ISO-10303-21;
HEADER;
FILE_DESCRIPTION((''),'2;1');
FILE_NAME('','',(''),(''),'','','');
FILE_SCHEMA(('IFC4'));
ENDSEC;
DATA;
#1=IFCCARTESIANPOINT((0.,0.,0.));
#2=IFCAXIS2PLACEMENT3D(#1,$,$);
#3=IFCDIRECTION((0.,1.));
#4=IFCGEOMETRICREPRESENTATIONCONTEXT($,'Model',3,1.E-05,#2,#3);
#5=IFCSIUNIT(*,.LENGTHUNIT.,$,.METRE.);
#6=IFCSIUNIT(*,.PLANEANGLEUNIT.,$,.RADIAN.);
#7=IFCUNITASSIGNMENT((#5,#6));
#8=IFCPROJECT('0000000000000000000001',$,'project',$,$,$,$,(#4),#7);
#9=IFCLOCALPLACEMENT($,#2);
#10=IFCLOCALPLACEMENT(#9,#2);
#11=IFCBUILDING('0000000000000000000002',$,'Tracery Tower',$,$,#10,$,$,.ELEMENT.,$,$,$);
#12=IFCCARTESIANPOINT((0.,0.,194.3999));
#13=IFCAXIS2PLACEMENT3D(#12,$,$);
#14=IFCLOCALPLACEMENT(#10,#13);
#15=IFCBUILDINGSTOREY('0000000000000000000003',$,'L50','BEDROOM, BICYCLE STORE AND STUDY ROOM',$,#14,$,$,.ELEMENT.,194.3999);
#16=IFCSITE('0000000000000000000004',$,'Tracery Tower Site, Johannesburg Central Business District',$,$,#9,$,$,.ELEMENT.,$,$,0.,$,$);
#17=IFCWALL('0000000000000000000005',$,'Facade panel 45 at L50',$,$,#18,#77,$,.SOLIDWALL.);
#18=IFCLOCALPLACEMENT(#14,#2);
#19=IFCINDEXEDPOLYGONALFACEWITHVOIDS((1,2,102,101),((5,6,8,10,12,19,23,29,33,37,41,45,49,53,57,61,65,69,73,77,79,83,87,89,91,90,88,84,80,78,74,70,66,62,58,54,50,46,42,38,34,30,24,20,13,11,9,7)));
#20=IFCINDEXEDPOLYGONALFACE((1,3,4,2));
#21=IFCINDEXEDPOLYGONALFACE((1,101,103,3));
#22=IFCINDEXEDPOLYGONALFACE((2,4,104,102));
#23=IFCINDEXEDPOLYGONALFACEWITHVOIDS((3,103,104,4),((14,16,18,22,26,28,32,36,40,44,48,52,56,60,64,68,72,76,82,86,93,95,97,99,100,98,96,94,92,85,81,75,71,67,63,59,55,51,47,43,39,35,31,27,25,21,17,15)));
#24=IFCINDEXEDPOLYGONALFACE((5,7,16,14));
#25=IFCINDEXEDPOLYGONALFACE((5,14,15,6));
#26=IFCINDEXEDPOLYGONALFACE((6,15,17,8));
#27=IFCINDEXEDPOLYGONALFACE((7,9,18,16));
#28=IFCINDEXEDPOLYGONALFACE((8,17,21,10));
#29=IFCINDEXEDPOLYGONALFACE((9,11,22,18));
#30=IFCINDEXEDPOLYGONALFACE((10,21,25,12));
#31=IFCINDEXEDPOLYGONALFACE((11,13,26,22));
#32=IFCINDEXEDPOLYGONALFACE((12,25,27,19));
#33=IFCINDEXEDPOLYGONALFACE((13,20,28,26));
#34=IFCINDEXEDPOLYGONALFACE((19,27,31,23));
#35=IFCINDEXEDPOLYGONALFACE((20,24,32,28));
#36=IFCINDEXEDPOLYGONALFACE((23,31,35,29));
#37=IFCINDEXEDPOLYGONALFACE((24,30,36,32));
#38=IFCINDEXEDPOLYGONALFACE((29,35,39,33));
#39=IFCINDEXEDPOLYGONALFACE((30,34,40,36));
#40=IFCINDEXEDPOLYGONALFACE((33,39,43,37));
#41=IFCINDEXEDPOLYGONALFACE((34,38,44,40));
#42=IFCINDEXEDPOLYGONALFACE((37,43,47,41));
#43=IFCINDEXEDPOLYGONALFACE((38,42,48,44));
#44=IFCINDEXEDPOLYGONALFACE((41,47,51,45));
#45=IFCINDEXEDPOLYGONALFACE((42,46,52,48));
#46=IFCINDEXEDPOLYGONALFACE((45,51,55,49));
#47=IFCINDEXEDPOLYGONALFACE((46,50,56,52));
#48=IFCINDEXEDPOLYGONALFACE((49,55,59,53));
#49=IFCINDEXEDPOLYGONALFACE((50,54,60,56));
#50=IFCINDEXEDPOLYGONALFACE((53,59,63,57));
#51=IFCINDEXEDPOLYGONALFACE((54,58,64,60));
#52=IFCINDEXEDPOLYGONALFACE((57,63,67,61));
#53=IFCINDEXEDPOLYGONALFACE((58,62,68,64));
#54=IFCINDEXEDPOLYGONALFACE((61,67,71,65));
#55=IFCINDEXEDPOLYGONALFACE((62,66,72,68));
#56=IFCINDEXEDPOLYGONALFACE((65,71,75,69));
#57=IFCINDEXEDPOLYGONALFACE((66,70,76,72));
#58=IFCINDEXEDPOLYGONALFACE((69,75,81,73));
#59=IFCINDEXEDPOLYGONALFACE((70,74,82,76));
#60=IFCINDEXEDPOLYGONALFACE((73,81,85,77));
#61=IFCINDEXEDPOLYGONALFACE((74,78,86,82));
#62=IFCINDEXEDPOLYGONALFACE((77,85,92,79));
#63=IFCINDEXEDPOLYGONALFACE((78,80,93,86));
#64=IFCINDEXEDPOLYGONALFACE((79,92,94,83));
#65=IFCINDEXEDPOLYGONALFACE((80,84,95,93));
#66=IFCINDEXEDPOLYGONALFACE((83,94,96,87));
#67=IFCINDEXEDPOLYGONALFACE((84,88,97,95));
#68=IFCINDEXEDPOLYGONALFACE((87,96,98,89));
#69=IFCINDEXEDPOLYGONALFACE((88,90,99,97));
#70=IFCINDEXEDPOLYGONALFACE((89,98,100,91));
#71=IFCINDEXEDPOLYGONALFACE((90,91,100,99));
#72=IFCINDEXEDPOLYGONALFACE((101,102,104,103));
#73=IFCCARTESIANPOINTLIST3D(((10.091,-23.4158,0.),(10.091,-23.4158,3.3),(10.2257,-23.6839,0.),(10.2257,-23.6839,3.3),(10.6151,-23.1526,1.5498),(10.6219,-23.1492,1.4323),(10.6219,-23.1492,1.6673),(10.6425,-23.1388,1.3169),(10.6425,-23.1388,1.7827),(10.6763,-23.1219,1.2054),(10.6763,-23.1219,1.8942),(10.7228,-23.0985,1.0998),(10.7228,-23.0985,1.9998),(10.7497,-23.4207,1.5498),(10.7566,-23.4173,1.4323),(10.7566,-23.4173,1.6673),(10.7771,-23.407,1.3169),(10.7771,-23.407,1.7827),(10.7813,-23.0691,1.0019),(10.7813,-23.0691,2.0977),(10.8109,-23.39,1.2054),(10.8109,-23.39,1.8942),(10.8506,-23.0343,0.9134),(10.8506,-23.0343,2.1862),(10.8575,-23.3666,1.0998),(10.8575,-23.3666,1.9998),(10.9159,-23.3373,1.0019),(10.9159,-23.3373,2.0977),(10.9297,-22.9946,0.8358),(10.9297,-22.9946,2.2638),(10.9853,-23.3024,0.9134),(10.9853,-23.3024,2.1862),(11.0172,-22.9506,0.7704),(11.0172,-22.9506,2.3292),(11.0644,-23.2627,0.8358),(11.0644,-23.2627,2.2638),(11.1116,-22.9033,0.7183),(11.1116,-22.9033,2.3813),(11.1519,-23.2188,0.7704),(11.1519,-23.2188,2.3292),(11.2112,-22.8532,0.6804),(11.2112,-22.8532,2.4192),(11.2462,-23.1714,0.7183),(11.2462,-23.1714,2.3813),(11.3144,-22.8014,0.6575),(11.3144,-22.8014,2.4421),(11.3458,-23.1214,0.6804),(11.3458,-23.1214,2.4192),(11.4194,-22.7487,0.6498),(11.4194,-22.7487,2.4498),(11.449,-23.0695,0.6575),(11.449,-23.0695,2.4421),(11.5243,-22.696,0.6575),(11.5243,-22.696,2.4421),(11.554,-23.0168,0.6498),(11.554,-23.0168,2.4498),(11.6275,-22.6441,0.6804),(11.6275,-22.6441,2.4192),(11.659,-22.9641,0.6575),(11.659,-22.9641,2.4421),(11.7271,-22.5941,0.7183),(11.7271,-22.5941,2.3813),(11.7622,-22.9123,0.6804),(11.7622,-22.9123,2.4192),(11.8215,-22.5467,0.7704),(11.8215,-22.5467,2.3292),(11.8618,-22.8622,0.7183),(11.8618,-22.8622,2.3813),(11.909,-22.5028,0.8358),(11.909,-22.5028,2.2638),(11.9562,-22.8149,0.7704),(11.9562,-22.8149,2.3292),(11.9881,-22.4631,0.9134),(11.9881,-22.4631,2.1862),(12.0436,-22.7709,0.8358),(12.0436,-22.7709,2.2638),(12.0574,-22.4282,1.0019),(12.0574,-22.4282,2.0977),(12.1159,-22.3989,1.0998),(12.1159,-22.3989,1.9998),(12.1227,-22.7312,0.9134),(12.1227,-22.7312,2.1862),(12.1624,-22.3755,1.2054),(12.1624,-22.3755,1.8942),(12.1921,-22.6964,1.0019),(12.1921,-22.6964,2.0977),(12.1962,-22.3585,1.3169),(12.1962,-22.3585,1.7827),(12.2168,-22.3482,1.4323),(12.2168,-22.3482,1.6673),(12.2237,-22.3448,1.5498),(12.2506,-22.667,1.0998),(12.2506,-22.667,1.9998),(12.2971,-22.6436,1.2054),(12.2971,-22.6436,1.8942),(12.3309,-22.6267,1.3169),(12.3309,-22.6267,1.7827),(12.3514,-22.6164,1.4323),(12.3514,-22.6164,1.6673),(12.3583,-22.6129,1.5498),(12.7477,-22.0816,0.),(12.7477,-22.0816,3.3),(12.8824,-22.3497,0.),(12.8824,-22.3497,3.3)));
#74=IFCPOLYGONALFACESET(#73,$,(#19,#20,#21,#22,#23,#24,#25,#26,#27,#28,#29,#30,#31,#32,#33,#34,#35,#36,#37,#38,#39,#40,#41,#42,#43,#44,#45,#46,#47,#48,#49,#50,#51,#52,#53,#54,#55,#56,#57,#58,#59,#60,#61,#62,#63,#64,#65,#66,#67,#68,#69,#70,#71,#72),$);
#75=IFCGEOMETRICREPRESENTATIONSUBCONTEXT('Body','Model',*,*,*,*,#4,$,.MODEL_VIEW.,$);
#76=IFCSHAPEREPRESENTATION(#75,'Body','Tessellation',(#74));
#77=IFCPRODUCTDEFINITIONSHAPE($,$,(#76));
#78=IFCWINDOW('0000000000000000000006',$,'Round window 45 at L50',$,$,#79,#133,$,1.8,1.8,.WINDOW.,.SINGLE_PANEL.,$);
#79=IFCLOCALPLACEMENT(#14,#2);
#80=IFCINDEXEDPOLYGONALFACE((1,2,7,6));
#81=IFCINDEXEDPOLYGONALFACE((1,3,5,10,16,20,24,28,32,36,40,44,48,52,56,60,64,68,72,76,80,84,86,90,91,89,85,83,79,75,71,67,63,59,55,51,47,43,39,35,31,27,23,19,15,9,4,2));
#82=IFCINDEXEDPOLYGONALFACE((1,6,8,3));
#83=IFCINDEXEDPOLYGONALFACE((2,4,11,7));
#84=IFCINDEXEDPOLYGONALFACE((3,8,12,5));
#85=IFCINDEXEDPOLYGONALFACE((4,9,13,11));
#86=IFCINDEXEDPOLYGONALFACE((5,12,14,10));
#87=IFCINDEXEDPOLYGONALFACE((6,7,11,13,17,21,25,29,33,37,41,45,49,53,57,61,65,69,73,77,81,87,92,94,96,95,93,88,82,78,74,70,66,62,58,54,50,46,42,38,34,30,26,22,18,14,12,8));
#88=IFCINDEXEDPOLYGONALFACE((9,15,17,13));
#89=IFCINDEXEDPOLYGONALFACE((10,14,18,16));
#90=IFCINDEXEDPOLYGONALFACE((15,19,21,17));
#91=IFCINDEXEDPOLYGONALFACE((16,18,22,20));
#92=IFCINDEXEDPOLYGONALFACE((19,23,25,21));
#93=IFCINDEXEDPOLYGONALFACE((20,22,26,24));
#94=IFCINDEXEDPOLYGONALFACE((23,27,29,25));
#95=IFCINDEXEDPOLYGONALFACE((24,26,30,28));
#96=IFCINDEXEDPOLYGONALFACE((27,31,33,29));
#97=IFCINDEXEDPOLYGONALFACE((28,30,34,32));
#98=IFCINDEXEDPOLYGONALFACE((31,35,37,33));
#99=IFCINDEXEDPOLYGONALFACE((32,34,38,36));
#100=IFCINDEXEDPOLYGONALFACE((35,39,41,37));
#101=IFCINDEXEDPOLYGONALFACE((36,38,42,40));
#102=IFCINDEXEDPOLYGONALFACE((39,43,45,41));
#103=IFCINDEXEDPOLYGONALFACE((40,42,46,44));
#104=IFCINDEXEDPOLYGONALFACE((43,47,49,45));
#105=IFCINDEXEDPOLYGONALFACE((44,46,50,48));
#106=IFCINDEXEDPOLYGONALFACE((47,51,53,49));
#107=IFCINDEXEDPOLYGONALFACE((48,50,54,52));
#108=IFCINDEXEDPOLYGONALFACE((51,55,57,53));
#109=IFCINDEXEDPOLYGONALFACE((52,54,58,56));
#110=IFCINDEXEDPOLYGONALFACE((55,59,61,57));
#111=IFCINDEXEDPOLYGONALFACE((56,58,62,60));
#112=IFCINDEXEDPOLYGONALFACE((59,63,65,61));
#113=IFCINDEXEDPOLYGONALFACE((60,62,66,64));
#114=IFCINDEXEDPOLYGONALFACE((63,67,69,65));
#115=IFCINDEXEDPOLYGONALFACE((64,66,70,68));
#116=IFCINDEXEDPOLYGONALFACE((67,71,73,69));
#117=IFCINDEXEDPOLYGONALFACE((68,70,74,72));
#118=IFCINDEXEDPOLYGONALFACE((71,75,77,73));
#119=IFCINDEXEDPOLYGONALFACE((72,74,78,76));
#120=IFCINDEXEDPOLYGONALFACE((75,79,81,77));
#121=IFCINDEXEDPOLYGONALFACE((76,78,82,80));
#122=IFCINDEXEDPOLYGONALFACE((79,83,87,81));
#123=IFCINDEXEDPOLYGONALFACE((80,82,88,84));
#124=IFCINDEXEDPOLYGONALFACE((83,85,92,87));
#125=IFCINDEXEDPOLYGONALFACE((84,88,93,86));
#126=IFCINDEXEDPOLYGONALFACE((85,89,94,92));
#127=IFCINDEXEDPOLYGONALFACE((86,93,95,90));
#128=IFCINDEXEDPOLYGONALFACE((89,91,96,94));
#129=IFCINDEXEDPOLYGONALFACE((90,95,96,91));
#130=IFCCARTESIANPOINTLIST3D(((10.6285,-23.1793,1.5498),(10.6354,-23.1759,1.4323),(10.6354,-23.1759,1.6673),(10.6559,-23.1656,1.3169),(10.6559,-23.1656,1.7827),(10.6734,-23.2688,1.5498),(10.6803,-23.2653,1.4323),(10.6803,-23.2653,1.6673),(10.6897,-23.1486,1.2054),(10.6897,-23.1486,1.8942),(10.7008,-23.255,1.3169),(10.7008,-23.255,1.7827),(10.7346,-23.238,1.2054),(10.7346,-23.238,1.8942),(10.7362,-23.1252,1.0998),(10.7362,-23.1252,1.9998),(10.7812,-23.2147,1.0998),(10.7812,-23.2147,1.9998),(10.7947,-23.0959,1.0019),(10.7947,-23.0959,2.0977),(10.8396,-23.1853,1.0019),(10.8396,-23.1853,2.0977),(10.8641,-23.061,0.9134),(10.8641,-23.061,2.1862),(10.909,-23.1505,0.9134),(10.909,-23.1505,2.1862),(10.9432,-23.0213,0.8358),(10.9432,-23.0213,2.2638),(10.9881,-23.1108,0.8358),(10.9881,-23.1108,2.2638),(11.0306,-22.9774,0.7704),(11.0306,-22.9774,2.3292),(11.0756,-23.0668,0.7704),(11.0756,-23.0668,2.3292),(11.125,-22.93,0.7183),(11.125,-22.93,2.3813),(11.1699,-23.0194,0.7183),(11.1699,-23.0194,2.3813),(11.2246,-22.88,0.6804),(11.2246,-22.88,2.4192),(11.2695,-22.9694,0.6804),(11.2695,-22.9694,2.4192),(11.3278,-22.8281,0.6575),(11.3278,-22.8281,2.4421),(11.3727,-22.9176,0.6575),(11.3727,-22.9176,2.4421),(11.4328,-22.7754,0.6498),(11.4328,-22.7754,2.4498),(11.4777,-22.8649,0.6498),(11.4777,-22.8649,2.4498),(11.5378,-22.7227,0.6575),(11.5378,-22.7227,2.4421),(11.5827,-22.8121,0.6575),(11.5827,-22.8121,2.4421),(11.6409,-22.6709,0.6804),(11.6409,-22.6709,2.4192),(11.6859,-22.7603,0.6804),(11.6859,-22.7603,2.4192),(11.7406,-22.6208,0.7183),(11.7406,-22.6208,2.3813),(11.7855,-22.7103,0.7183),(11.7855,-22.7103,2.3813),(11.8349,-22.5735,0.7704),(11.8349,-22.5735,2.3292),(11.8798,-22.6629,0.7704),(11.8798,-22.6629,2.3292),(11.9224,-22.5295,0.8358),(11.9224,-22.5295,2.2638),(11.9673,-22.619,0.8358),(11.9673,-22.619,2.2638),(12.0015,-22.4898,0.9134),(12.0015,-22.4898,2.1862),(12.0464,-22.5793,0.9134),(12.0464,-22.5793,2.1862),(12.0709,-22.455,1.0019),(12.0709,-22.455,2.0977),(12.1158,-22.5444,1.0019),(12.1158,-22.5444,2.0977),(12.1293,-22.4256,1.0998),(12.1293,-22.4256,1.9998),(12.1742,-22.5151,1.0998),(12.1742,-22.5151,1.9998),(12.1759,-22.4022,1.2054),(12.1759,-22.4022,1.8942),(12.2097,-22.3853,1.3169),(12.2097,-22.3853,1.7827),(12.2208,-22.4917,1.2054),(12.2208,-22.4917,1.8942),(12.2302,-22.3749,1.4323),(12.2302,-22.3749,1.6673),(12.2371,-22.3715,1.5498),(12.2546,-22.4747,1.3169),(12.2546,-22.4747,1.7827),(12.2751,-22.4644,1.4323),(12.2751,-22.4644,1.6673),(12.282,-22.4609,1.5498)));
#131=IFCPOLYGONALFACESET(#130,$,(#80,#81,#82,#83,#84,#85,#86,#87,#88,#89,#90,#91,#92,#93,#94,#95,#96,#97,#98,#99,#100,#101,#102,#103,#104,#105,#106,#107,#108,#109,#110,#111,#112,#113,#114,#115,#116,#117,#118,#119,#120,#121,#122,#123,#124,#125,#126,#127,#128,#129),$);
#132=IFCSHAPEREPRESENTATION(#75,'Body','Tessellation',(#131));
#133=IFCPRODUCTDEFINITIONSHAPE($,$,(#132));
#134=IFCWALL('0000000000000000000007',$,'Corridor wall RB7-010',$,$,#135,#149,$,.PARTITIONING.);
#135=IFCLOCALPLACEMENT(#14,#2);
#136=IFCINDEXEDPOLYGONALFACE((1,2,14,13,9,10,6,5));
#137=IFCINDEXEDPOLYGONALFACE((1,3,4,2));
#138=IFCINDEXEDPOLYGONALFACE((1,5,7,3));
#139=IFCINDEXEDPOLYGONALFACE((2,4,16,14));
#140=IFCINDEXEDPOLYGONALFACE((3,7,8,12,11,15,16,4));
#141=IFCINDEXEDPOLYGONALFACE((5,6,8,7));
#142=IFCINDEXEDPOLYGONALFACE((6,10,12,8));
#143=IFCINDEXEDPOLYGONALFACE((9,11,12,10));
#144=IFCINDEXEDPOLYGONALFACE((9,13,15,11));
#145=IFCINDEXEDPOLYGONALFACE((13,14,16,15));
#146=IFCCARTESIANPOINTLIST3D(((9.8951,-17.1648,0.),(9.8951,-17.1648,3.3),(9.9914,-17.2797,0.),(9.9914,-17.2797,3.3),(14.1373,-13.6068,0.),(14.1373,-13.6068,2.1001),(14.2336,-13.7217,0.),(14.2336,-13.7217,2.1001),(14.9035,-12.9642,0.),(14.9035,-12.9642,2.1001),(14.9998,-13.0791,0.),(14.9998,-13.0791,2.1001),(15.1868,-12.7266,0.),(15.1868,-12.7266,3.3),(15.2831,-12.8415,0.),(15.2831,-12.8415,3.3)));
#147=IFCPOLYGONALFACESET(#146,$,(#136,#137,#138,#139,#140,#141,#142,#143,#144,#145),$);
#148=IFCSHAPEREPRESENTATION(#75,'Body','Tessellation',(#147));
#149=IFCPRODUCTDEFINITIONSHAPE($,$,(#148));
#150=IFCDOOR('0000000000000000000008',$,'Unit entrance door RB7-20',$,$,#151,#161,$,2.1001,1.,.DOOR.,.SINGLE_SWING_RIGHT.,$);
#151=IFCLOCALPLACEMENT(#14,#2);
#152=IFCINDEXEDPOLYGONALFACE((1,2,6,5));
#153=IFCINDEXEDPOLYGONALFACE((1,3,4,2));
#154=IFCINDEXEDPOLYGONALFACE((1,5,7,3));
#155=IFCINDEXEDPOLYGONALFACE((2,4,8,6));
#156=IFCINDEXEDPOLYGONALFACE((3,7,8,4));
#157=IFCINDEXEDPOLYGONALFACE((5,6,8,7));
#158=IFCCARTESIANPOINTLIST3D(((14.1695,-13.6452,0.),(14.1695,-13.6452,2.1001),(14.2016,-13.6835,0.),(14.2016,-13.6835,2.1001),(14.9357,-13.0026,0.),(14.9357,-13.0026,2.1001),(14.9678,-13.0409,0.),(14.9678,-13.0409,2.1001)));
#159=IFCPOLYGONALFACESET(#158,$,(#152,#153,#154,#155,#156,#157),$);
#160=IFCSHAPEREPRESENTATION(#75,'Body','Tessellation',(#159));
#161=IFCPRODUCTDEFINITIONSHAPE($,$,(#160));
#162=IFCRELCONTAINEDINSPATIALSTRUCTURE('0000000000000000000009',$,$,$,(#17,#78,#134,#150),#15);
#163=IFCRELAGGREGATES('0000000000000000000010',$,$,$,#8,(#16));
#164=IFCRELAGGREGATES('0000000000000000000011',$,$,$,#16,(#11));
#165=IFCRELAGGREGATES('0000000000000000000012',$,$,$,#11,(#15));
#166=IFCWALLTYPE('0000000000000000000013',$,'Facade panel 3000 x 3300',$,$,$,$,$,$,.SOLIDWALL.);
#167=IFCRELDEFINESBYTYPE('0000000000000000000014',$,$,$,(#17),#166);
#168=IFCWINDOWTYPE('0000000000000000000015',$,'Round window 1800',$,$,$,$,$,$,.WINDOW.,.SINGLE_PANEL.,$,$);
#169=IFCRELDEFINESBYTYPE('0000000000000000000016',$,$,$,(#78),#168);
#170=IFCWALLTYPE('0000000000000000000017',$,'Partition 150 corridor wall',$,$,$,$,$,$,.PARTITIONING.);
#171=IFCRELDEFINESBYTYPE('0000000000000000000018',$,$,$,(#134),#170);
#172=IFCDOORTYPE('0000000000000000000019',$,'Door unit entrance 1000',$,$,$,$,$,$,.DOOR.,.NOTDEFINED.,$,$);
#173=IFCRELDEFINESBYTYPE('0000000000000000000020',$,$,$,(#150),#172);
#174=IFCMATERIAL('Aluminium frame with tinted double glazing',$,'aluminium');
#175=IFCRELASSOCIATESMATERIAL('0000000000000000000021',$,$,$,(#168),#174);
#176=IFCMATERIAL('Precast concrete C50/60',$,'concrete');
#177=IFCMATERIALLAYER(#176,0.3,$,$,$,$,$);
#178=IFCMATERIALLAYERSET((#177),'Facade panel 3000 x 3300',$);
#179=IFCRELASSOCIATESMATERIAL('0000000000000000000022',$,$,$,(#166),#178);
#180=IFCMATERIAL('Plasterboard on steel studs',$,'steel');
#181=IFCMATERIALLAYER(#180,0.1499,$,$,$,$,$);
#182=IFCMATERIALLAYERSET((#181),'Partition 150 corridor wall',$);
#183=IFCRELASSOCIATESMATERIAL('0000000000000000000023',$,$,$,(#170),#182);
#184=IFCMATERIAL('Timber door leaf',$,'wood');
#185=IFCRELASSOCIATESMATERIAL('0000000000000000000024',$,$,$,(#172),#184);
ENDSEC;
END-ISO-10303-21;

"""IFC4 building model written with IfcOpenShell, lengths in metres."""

from ifc_helpers import new_model, si_unit, direction, frame, frame_2d, origin, origin_2d, place, context, subcontext, project, spatial, rectangle, circle, extrude, material, layer, layer_set, type_object, element, fill, save


model = new_model("IFC4")

# Units and contexts
model_context = context("Model", 3, precision=1e-05, world=origin(), true_north=direction((0.0, 1.0)))
body_context = subcontext(model_context, "Body", "Model", "MODEL_VIEW")
ifc_project = project(units=[si_unit("LENGTHUNIT", "METRE"), si_unit("PLANEANGLEUNIT", "RADIAN")], contexts=[model_context])

# Site, building, storey
site_placement = place(None, origin())
site = spatial("IfcSite", under=ifc_project, at=site_placement, Name="Tracery Tower Site, Johannesburg Central Business District", CompositionType="ELEMENT", RefElevation=0.0)
building_placement = place(site_placement, origin())
building = spatial("IfcBuilding", under=site, at=building_placement, Name="Tracery Tower", CompositionType="ELEMENT")
storey_placement = place(building_placement, frame((0.0, 0.0, 194.3999)))
storey = spatial("IfcBuildingStorey", under=building, at=storey_placement, Name="L50", Description="BEDROOM, BICYCLE STORE AND STUDY ROOM", CompositionType="ELEMENT", Elevation=194.3999)

# Wall, opening, window
ifc_material_1 = material(Name="Aluminium frame with tinted double glazing", Category="aluminium")
window_type = type_object("IfcWindowType", Name="Round window 1800", PartitioningType="SINGLE_PANEL", PredefinedType="WINDOW", material=ifc_material_1)
ifc_material_2 = material(Name="Precast concrete C50/60", Category="concrete")
ifc_layer_1 = layer(ifc_material_2, 0.3)
ifc_layer_set_1 = layer_set([ifc_layer_1], Name="Facade panel 3000 x 3300")
wall_type_1 = type_object("IfcWallType", Name="Facade panel 3000 x 3300", PredefinedType="SOLIDWALL", material=ifc_layer_set_1)
wall_1_placement = place(storey_placement, frame((10.1584, -23.5498, 0.0), z_axis=(0.0, 0.0, 1.0), x_axis=(0.893637, 0.44879, 0.0)))
wall_1 = element("IfcWall", 1, at=wall_1_placement, inside=storey, type_object=wall_type_1, Name="Facade panel 45 at L50", PredefinedType="SOLIDWALL", context=body_context, shape_type="SweptSolid", body=[
    extrude(rectangle(XDim=2.9729, YDim=0.3, at=frame_2d((1.4863, 0.0))), origin(), (0.0, 0.0, 1.0), 3.3),
])
opening_1_placement = place(wall_1_placement, frame((1.4863, 0.0, 1.5498)))
opening_1 = element("IfcOpeningElement", 2, at=opening_1_placement, cuts=wall_1, PredefinedType="OPENING", context=body_context, shape_type="SweptSolid", body=[
    extrude(circle(Radius=0.9, at=origin_2d()), frame((0.0, 0.1599, 0.0), z_axis=(0.0, -1.0, 0.0), x_axis=(1.0, 0.0, 0.0)), (0.0, 0.0, 1.0), 0.3201),
])
window_1_placement = place(opening_1_placement, origin())
window_1 = element("IfcWindow", 3, at=window_1_placement, inside=storey, type_object=window_type, Name="Round window 45 at L50", OverallHeight=1.8, OverallWidth=1.8, PartitioningType="SINGLE_PANEL", PredefinedType="WINDOW", context=body_context, shape_type="SweptSolid", body=[
    extrude(circle(Radius=0.9, at=origin_2d()), frame((0.0, 0.1201, 0.0), z_axis=(0.0, -1.0, 0.0), x_axis=(1.0, 0.0, 0.0)), (0.0, 0.0, 1.0), 0.1001),
])
fill(opening_1, window_1)

# Wall, opening, door
ifc_material_3 = material(Name="Plasterboard on steel studs", Category="steel")
ifc_layer_2 = layer(ifc_material_3, 0.1499)
ifc_layer_set_2 = layer_set([ifc_layer_2], Name="Partition 150 corridor wall")
wall_type_2 = type_object("IfcWallType", Name="Partition 150 corridor wall", PredefinedType="PARTITIONING", material=ifc_layer_set_2)
wall_2_placement = place(storey_placement, frame((9.9434, -17.2222, 0.0), z_axis=(0.0, 0.0, 1.0), x_axis=(0.766192, 0.642612, 0.0)))
wall_2 = element("IfcWall", 4, at=wall_2_placement, inside=storey, type_object=wall_type_2, Name="Corridor wall RB7-010", PredefinedType="PARTITIONING", context=body_context, shape_type="SweptSolid", body=[
    extrude(rectangle(XDim=6.9065, YDim=0.1499, at=frame_2d((3.4531, 0.0))), origin(), (0.0, 0.0, 1.0), 3.3),
])
opening_2_placement = place(wall_2_placement, frame((5.5366, 0.0, 0.0)))
opening_2 = element("IfcOpeningElement", 5, at=opening_2_placement, cuts=wall_2, PredefinedType="OPENING", context=body_context, shape_type="SweptSolid", body=[
    extrude(rectangle(XDim=1.0, YDim=2.1001, at=frame_2d((0.5, 1.05))), frame((0.0, 0.075, 0.0), z_axis=(0.0, -1.0, 0.0), x_axis=(1.0, 0.0, 0.0)), (0.0, 0.0, 1.0), 0.1499),
])
ifc_material_4 = material(Name="Timber door leaf", Category="wood")
door_type_1 = type_object("IfcDoorType", Name="Door unit entrance 1000", OperationType="NOTDEFINED", PredefinedType="DOOR", material=ifc_material_4)
door_1_placement = place(opening_2_placement, origin())
door_1 = element("IfcDoor", 6, at=door_1_placement, inside=storey, type_object=door_type_1, Name="Unit entrance door RB7-20", OperationType="SINGLE_SWING_RIGHT", OverallHeight=2.1001, OverallWidth=1.0, PredefinedType="DOOR", context=body_context, shape_type="SweptSolid", body=[
    extrude(rectangle(XDim=1.0, YDim=2.1001, at=frame_2d((0.5, 1.05))), frame((0.0, 0.0249, 0.0), z_axis=(0.0, -1.0, 0.0), x_axis=(1.0, 0.0, 0.0)), (0.0, 0.0, 1.0), 0.05),
])
fill(opening_2, door_1)

save(model, "model.ifc")
